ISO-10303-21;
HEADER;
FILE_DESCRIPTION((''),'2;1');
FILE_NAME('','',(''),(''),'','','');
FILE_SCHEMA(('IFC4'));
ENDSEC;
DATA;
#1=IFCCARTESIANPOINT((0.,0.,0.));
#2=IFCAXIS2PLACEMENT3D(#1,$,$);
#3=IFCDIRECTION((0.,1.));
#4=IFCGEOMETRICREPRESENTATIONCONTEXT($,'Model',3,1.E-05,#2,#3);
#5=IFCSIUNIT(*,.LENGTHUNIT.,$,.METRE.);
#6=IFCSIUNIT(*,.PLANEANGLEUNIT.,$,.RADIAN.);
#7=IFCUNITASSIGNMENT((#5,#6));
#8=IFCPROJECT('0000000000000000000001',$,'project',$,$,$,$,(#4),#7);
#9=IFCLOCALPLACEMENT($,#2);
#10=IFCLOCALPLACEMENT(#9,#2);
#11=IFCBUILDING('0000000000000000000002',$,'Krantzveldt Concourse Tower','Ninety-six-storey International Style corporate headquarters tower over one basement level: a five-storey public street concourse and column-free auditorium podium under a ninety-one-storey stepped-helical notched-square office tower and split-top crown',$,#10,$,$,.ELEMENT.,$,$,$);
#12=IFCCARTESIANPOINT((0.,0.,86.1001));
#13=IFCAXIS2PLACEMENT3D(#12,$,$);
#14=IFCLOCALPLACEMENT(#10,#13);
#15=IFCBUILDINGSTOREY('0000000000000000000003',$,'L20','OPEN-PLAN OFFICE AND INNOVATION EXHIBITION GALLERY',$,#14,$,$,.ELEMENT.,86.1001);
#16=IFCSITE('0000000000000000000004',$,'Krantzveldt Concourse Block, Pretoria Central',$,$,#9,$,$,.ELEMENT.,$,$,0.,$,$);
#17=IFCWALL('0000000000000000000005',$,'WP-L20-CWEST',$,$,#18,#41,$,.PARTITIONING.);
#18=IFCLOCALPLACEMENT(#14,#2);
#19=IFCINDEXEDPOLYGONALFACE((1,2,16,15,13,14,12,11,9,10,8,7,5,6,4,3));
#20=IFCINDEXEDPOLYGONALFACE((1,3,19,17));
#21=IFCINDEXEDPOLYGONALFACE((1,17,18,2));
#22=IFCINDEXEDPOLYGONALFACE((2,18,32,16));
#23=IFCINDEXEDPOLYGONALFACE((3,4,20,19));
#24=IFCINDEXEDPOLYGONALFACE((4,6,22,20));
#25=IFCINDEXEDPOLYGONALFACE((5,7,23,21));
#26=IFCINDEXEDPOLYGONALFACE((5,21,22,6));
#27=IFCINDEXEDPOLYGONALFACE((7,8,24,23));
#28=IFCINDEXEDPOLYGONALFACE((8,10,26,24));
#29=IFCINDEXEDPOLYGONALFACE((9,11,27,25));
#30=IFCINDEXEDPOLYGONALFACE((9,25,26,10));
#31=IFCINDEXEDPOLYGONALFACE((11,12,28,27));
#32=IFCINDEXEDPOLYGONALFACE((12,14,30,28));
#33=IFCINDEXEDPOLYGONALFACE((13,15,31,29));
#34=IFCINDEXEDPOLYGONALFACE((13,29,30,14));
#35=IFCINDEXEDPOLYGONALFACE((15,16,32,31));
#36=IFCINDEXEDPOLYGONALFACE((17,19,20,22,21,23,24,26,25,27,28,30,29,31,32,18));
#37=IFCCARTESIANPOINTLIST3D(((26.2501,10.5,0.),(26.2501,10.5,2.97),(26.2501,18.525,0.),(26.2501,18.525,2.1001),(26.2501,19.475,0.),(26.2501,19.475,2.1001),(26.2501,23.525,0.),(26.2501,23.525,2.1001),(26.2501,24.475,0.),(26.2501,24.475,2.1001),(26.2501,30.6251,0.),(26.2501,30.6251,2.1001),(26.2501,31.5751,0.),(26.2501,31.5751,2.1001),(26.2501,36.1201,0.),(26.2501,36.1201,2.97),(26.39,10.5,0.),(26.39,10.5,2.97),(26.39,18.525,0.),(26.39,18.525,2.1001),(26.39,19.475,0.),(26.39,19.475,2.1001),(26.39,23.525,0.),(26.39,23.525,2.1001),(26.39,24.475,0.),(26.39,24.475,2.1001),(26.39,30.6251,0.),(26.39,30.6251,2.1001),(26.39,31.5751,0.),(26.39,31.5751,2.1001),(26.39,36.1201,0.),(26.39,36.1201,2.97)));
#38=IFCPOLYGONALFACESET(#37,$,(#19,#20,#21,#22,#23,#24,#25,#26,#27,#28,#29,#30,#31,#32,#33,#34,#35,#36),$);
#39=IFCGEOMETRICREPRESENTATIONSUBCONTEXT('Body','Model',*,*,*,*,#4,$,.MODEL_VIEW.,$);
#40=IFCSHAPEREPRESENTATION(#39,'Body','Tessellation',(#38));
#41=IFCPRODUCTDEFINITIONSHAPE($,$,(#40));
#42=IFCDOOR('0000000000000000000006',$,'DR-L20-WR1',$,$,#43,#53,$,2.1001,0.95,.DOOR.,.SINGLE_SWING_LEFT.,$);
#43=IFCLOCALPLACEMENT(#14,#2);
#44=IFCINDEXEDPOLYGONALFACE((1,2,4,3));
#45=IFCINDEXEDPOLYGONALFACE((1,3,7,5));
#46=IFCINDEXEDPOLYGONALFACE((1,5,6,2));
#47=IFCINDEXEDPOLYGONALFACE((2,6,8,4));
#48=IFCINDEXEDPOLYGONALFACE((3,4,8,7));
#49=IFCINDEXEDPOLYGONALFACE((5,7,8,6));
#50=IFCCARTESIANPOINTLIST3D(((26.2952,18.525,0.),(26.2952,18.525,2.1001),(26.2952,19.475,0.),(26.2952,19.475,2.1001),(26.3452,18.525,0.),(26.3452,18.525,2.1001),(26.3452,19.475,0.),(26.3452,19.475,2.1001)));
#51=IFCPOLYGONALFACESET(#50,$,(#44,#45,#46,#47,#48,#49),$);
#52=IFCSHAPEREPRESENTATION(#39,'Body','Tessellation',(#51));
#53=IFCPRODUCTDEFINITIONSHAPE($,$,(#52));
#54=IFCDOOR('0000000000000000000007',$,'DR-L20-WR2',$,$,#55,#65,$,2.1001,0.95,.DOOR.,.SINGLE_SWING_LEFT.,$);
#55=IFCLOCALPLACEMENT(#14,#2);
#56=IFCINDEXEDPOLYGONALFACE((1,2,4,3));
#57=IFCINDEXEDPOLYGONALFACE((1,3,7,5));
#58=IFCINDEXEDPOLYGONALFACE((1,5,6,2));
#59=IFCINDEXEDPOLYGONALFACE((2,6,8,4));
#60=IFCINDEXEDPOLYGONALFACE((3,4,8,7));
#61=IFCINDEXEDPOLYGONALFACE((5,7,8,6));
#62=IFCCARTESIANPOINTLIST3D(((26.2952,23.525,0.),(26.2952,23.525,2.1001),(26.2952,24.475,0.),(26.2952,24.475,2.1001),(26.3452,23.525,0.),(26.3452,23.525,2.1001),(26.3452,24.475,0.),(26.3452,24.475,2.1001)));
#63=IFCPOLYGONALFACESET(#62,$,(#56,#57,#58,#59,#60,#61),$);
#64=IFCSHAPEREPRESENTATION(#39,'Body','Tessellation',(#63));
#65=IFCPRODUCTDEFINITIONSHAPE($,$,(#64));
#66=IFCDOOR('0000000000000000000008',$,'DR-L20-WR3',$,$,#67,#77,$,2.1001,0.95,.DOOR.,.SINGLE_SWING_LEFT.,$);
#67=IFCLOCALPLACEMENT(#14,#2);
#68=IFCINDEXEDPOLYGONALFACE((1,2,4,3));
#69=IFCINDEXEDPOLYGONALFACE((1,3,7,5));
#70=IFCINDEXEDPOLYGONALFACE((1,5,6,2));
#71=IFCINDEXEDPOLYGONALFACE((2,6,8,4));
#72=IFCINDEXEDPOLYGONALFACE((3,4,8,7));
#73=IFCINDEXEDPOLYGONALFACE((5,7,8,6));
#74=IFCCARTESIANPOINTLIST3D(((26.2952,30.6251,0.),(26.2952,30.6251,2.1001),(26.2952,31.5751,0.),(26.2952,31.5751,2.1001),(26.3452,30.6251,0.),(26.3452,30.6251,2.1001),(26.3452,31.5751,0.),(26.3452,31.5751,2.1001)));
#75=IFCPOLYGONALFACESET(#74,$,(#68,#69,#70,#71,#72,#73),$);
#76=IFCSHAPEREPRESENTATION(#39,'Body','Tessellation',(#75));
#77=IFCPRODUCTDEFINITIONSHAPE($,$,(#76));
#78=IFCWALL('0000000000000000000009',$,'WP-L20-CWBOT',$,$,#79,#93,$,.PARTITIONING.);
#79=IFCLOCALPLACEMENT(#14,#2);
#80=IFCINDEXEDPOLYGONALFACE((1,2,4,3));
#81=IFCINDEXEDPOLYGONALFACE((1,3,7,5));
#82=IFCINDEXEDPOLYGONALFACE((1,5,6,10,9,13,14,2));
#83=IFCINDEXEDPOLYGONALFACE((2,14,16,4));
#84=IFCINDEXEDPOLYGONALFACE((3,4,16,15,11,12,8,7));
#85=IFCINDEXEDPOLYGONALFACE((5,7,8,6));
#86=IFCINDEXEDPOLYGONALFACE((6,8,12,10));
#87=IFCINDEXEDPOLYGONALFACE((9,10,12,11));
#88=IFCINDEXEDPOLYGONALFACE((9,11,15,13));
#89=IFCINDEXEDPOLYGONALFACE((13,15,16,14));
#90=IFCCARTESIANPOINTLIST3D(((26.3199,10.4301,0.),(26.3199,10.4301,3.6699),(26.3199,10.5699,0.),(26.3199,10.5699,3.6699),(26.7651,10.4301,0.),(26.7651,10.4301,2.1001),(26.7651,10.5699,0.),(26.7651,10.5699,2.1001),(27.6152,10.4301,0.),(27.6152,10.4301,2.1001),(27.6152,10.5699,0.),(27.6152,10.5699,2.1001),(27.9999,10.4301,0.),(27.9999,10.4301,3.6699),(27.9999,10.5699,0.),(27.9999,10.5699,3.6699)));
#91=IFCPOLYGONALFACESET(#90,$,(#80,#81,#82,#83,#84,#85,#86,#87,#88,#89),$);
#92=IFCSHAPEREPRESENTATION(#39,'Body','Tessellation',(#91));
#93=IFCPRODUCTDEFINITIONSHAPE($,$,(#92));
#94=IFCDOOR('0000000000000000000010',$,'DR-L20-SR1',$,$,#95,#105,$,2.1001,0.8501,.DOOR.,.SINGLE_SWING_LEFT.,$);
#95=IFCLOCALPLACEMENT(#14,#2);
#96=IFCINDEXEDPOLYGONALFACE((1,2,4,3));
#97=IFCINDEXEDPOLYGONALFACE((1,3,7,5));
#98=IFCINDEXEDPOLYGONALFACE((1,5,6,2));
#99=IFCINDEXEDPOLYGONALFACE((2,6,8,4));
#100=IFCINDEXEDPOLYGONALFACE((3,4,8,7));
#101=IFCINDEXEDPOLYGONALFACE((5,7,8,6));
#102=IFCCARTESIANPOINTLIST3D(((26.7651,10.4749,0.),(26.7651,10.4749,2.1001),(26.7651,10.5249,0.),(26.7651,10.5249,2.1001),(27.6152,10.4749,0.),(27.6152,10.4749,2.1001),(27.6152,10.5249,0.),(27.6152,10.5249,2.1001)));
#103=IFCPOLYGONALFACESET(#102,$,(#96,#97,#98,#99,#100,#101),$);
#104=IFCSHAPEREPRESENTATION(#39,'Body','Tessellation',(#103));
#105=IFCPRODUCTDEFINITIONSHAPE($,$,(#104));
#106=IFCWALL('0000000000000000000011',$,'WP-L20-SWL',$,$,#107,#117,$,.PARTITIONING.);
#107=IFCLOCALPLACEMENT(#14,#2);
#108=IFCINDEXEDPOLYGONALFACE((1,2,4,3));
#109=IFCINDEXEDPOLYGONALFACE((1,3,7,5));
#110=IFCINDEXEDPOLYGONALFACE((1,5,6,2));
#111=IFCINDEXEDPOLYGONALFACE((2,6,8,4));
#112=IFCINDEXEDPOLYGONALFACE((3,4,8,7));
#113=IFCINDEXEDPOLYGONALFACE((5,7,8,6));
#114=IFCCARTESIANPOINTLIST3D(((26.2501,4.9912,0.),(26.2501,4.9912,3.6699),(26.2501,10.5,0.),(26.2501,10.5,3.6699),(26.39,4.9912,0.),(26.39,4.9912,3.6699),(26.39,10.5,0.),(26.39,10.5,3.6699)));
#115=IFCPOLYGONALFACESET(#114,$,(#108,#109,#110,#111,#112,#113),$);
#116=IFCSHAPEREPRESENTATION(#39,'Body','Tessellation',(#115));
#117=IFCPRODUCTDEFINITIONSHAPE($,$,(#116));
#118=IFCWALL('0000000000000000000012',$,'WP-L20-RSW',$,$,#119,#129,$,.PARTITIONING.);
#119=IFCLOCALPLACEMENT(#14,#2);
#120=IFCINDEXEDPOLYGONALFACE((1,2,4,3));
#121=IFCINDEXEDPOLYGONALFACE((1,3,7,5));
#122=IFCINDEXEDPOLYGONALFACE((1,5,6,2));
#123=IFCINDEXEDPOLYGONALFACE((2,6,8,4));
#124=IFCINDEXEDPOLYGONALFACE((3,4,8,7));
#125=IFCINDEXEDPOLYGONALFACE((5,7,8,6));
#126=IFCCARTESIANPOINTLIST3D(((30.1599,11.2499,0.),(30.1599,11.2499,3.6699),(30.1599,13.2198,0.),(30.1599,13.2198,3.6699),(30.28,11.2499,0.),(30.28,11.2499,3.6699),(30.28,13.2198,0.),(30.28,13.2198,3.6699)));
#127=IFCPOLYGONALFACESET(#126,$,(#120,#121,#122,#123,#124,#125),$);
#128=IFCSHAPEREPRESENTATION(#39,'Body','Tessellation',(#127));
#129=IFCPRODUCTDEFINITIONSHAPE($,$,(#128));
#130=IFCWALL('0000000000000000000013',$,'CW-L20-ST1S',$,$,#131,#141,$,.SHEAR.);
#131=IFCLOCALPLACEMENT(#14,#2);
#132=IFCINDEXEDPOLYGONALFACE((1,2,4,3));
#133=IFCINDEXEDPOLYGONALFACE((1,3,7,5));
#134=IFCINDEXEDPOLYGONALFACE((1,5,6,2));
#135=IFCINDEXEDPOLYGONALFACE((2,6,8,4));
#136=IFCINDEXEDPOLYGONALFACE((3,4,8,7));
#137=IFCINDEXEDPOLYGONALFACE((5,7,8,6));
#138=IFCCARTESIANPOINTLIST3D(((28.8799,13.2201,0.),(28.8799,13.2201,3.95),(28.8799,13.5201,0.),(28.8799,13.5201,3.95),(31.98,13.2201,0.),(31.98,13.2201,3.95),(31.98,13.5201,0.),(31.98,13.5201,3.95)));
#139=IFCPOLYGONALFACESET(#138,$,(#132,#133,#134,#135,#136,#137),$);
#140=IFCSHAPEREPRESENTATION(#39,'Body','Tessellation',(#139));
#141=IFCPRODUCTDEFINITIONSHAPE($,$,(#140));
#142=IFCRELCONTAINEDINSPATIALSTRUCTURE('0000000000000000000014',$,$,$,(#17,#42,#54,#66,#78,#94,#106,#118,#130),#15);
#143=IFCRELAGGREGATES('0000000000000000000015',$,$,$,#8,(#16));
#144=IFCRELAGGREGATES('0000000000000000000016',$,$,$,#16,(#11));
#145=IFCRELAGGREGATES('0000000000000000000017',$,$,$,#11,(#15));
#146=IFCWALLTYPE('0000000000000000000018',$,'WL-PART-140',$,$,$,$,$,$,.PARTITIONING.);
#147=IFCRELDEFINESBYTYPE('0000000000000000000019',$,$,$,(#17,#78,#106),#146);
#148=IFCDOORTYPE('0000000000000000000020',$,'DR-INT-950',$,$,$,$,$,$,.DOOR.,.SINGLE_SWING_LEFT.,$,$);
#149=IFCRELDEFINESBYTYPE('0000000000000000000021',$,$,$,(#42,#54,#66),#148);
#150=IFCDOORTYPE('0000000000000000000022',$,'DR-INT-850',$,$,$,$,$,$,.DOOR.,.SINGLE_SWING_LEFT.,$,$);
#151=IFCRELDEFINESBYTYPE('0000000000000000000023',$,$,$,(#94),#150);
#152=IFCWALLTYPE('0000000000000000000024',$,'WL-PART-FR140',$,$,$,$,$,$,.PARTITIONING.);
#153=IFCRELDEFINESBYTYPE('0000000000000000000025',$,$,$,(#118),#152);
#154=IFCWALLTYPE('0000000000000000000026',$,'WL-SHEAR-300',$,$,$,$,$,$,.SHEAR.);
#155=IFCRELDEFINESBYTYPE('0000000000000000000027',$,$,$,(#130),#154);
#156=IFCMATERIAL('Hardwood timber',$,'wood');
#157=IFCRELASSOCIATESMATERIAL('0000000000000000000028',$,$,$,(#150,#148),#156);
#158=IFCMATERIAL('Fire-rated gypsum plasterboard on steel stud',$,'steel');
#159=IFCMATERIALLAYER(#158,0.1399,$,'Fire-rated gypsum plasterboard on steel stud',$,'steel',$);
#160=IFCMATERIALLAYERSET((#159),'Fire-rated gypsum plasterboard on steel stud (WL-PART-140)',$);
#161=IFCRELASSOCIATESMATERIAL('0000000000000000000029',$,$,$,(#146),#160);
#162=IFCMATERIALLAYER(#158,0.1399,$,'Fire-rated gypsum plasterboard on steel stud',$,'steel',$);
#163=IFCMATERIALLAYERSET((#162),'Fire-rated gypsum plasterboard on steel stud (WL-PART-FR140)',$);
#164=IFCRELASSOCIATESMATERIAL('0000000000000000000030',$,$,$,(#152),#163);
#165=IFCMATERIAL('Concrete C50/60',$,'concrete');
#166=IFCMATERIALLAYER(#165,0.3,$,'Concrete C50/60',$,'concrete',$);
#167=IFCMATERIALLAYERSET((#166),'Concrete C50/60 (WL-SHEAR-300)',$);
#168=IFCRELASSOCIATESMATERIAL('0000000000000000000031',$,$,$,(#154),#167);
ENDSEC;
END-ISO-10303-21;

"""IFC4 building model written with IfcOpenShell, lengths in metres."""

from ifc_helpers import new_model, si_unit, direction, frame, frame_2d, origin, place, context, subcontext, project, spatial, rectangle, extrude, material, layer, layer_set, type_object, element, fill, save


model = new_model("IFC4")

# Units and contexts
model_context = context("Model", 3, precision=1e-05, world=origin(), true_north=direction((0.0, 1.0)))
body_context = subcontext(model_context, "Body", "Model", "MODEL_VIEW")
ifc_project = project(units=[si_unit("LENGTHUNIT", "METRE"), si_unit("PLANEANGLEUNIT", "RADIAN")], contexts=[model_context])

# Site, building, storey
site_placement = place(None, origin())
site = spatial("IfcSite", under=ifc_project, at=site_placement, Name="Krantzveldt Concourse Block, Pretoria Central", CompositionType="ELEMENT", RefElevation=0.0)
building_placement = place(site_placement, origin())
building = spatial("IfcBuilding", under=site, at=building_placement, Name="Krantzveldt Concourse Tower", Description="Ninety-six-storey International Style corporate headquarters tower over one basement level: a five-storey public street concourse and column-free auditorium podium under a ninety-one-storey stepped-helical notched-square office tower and split-top crown", CompositionType="ELEMENT")
storey_placement = place(building_placement, frame((0.0, 0.0, 86.1001)))
storey = spatial("IfcBuildingStorey", under=building, at=storey_placement, Name="L20", Description="OPEN-PLAN OFFICE AND INNOVATION EXHIBITION GALLERY", CompositionType="ELEMENT", Elevation=86.1001)

# Shared definitions
ifc_material_1 = material(Name="Fire-rated gypsum plasterboard on steel stud", Category="steel")
ifc_material_2 = material(Name="Hardwood timber", Category="wood")
door_type_1 = type_object("IfcDoorType", Name="DR-INT-850", OperationType="SINGLE_SWING_LEFT", PredefinedType="DOOR", material=ifc_material_2)

# Wall, openings, doors
ifc_layer_1 = layer(ifc_material_1, 0.1399, Name="Fire-rated gypsum plasterboard on steel stud", Category="steel")
ifc_layer_set_1 = layer_set([ifc_layer_1], Name="Fire-rated gypsum plasterboard on steel stud (WL-PART-140)")
wall_type_1 = type_object("IfcWallType", Name="WL-PART-140", PredefinedType="PARTITIONING", material=ifc_layer_set_1)
wall_1_placement = place(storey_placement, frame((26.3201, 10.5, 0.0), z_axis=(0.0, 0.0, 1.0), x_axis=(0.0, 1.0, 0.0)))
wall_1 = element("IfcWall", 1, at=wall_1_placement, inside=storey, type_object=wall_type_1, Name="WP-L20-CWEST", PredefinedType="PARTITIONING", context=body_context, shape_type="SweptSolid", body=[
    extrude(rectangle(XDim=25.6201, YDim=0.1399, at=frame_2d((12.8101, 0.0))), origin(), (0.0, 0.0, 1.0), 2.97),
])
opening_1_placement = place(wall_1_placement, frame((8.0249, 0.0, 0.0)))
opening_1 = element("IfcOpeningElement", 2, at=opening_1_placement, cuts=wall_1, PredefinedType="OPENING", context=body_context, shape_type="SweptSolid", body=[
    extrude(rectangle(XDim=0.95, YDim=2.1001, at=frame_2d((0.4751, 1.05))), frame((0.0, 0.0801, 0.0), z_axis=(0.0, -1.0, 0.0), x_axis=(1.0, 0.0, 0.0)), (0.0, 0.0, 1.0), 0.1599),
])
opening_2_placement = place(wall_1_placement, frame((13.0249, 0.0, 0.0)))
opening_2 = element("IfcOpeningElement", 3, at=opening_2_placement, cuts=wall_1, PredefinedType="OPENING", context=body_context, shape_type="SweptSolid", body=[
    extrude(rectangle(XDim=0.95, YDim=2.1001, at=frame_2d((0.4751, 1.05))), frame((0.0, 0.0801, 0.0), z_axis=(0.0, -1.0, 0.0), x_axis=(1.0, 0.0, 0.0)), (0.0, 0.0, 1.0), 0.1599),
])
opening_3_placement = place(wall_1_placement, frame((20.125, 0.0, 0.0)))
opening_3 = element("IfcOpeningElement", 4, at=opening_3_placement, cuts=wall_1, PredefinedType="OPENING", context=body_context, shape_type="SweptSolid", body=[
    extrude(rectangle(XDim=0.95, YDim=2.1001, at=frame_2d((0.4751, 1.05))), frame((0.0, 0.0801, 0.0), z_axis=(0.0, -1.0, 0.0), x_axis=(1.0, 0.0, 0.0)), (0.0, 0.0, 1.0), 0.1599),
])
door_type_2 = type_object("IfcDoorType", Name="DR-INT-950", OperationType="SINGLE_SWING_LEFT", PredefinedType="DOOR", material=ifc_material_2)
door_1_placement = place(opening_1_placement, origin())
door_1 = element("IfcDoor", 5, at=door_1_placement, inside=storey, type_object=door_type_2, Name="DR-L20-WR1", OperationType="SINGLE_SWING_LEFT", OverallHeight=2.1001, OverallWidth=0.95, PredefinedType="DOOR", context=body_context, shape_type="SweptSolid", body=[
    extrude(rectangle(XDim=0.95, YDim=2.1001, at=frame_2d((0.4751, 1.05))), frame((0.0, 0.0249, 0.0), z_axis=(0.0, -1.0, 0.0), x_axis=(1.0, 0.0, 0.0)), (0.0, 0.0, 1.0), 0.05),
])
fill(opening_1, door_1)
door_2_placement = place(opening_2_placement, origin())
door_2 = element("IfcDoor", 6, at=door_2_placement, inside=storey, type_object=door_type_2, Name="DR-L20-WR2", OperationType="SINGLE_SWING_LEFT", OverallHeight=2.1001, OverallWidth=0.95, PredefinedType="DOOR", context=body_context, shape_type="SweptSolid", body=[
    extrude(rectangle(XDim=0.95, YDim=2.1001, at=frame_2d((0.4751, 1.05))), frame((0.0, 0.0249, 0.0), z_axis=(0.0, -1.0, 0.0), x_axis=(1.0, 0.0, 0.0)), (0.0, 0.0, 1.0), 0.05),
])
fill(opening_2, door_2)
door_3_placement = place(opening_3_placement, origin())
door_3 = element("IfcDoor", 7, at=door_3_placement, inside=storey, type_object=door_type_2, Name="DR-L20-WR3", OperationType="SINGLE_SWING_LEFT", OverallHeight=2.1001, OverallWidth=0.95, PredefinedType="DOOR", context=body_context, shape_type="SweptSolid", body=[
    extrude(rectangle(XDim=0.95, YDim=2.1001, at=frame_2d((0.4751, 1.05))), frame((0.0, 0.0249, 0.0), z_axis=(0.0, -1.0, 0.0), x_axis=(1.0, 0.0, 0.0)), (0.0, 0.0, 1.0), 0.05),
])
fill(opening_3, door_3)

# Wall, opening, door
wall_2_placement = place(storey_placement, frame((26.3201, 10.5, 0.0), z_axis=(0.0, 0.0, 1.0), x_axis=(1.0, 0.0, 0.0)))
wall_2 = element("IfcWall", 8, at=wall_2_placement, inside=storey, type_object=wall_type_1, Name="WP-L20-CWBOT", PredefinedType="PARTITIONING", context=body_context, shape_type="SweptSolid", body=[
    extrude(rectangle(XDim=1.6799, YDim=0.1399, at=frame_2d((0.8398, 0.0))), origin(), (0.0, 0.0, 1.0), 3.6699),
])
opening_4_placement = place(wall_2_placement, frame((0.4451, 0.0, 0.0)))
opening_4 = element("IfcOpeningElement", 9, at=opening_4_placement, cuts=wall_2, PredefinedType="OPENING", context=body_context, shape_type="SweptSolid", body=[
    extrude(rectangle(XDim=0.8501, YDim=2.1001, at=frame_2d((0.425, 1.05))), frame((0.0, 0.0801, 0.0), z_axis=(0.0, -1.0, 0.0), x_axis=(1.0, 0.0, 0.0)), (0.0, 0.0, 1.0), 0.1599),
])
door_4_placement = place(opening_4_placement, origin())
door_4 = element("IfcDoor", 10, at=door_4_placement, inside=storey, type_object=door_type_1, Name="DR-L20-SR1", OperationType="SINGLE_SWING_LEFT", OverallHeight=2.1001, OverallWidth=0.8501, PredefinedType="DOOR", context=body_context, shape_type="SweptSolid", body=[
    extrude(rectangle(XDim=0.8501, YDim=2.1001, at=frame_2d((0.425, 1.05))), frame((0.0, 0.0249, 0.0), z_axis=(0.0, -1.0, 0.0), x_axis=(1.0, 0.0, 0.0)), (0.0, 0.0, 1.0), 0.05),
])
fill(opening_4, door_4)

# Walls
wall_3_placement = place(storey_placement, frame((26.3201, 4.9912, 0.0), z_axis=(0.0, 0.0, 1.0), x_axis=(0.0, 1.0, 0.0)))
element("IfcWall", 11, at=wall_3_placement, inside=storey, type_object=wall_type_1, Name="WP-L20-SWL", PredefinedType="PARTITIONING", context=body_context, shape_type="SweptSolid", body=[
    extrude(rectangle(XDim=5.5088, YDim=0.1399, at=frame_2d((2.7544, 0.0))), origin(), (0.0, 0.0, 1.0), 3.6699),
])
ifc_layer_2 = layer(ifc_material_1, 0.1399, Name="Fire-rated gypsum plasterboard on steel stud", Category="steel")
ifc_layer_set_2 = layer_set([ifc_layer_2], Name="Fire-rated gypsum plasterboard on steel stud (WL-PART-FR140)")
wall_type_2 = type_object("IfcWallType", Name="WL-PART-FR140", PredefinedType="PARTITIONING", material=ifc_layer_set_2)
wall_4_placement = place(storey_placement, frame((30.22, 11.25, 0.0), z_axis=(0.0, 0.0, 1.0), x_axis=(0.0, 1.0, 0.0)))
element("IfcWall", 12, at=wall_4_placement, inside=storey, type_object=wall_type_2, Name="WP-L20-RSW", PredefinedType="PARTITIONING", context=body_context, shape_type="SweptSolid", body=[
    extrude(rectangle(XDim=1.97, YDim=0.1201, at=frame_2d((0.9849, 0.0))), origin(), (0.0, 0.0, 1.0), 3.6699),
])
ifc_material_3 = material(Name="Concrete C50/60", Category="concrete")
ifc_layer_3 = layer(ifc_material_3, 0.3, Name="Concrete C50/60", Category="concrete")
ifc_layer_set_3 = layer_set([ifc_layer_3], Name="Concrete C50/60 (WL-SHEAR-300)")
wall_type_3 = type_object("IfcWallType", Name="WL-SHEAR-300", PredefinedType="SHEAR", material=ifc_layer_set_3)
wall_5_placement = place(storey_placement, frame((28.8799, 13.3701, 0.0), z_axis=(0.0, 0.0, 1.0), x_axis=(1.0, 0.0, 0.0)))
element("IfcWall", 13, at=wall_5_placement, inside=storey, type_object=wall_type_3, Name="CW-L20-ST1S", PredefinedType="SHEAR", context=body_context, shape_type="SweptSolid", body=[
    extrude(rectangle(XDim=3.1001, YDim=0.3, at=frame_2d((1.55, 0.0))), origin(), (0.0, 0.0, 1.0), 3.95),
])

save(model, "model.ifc")
